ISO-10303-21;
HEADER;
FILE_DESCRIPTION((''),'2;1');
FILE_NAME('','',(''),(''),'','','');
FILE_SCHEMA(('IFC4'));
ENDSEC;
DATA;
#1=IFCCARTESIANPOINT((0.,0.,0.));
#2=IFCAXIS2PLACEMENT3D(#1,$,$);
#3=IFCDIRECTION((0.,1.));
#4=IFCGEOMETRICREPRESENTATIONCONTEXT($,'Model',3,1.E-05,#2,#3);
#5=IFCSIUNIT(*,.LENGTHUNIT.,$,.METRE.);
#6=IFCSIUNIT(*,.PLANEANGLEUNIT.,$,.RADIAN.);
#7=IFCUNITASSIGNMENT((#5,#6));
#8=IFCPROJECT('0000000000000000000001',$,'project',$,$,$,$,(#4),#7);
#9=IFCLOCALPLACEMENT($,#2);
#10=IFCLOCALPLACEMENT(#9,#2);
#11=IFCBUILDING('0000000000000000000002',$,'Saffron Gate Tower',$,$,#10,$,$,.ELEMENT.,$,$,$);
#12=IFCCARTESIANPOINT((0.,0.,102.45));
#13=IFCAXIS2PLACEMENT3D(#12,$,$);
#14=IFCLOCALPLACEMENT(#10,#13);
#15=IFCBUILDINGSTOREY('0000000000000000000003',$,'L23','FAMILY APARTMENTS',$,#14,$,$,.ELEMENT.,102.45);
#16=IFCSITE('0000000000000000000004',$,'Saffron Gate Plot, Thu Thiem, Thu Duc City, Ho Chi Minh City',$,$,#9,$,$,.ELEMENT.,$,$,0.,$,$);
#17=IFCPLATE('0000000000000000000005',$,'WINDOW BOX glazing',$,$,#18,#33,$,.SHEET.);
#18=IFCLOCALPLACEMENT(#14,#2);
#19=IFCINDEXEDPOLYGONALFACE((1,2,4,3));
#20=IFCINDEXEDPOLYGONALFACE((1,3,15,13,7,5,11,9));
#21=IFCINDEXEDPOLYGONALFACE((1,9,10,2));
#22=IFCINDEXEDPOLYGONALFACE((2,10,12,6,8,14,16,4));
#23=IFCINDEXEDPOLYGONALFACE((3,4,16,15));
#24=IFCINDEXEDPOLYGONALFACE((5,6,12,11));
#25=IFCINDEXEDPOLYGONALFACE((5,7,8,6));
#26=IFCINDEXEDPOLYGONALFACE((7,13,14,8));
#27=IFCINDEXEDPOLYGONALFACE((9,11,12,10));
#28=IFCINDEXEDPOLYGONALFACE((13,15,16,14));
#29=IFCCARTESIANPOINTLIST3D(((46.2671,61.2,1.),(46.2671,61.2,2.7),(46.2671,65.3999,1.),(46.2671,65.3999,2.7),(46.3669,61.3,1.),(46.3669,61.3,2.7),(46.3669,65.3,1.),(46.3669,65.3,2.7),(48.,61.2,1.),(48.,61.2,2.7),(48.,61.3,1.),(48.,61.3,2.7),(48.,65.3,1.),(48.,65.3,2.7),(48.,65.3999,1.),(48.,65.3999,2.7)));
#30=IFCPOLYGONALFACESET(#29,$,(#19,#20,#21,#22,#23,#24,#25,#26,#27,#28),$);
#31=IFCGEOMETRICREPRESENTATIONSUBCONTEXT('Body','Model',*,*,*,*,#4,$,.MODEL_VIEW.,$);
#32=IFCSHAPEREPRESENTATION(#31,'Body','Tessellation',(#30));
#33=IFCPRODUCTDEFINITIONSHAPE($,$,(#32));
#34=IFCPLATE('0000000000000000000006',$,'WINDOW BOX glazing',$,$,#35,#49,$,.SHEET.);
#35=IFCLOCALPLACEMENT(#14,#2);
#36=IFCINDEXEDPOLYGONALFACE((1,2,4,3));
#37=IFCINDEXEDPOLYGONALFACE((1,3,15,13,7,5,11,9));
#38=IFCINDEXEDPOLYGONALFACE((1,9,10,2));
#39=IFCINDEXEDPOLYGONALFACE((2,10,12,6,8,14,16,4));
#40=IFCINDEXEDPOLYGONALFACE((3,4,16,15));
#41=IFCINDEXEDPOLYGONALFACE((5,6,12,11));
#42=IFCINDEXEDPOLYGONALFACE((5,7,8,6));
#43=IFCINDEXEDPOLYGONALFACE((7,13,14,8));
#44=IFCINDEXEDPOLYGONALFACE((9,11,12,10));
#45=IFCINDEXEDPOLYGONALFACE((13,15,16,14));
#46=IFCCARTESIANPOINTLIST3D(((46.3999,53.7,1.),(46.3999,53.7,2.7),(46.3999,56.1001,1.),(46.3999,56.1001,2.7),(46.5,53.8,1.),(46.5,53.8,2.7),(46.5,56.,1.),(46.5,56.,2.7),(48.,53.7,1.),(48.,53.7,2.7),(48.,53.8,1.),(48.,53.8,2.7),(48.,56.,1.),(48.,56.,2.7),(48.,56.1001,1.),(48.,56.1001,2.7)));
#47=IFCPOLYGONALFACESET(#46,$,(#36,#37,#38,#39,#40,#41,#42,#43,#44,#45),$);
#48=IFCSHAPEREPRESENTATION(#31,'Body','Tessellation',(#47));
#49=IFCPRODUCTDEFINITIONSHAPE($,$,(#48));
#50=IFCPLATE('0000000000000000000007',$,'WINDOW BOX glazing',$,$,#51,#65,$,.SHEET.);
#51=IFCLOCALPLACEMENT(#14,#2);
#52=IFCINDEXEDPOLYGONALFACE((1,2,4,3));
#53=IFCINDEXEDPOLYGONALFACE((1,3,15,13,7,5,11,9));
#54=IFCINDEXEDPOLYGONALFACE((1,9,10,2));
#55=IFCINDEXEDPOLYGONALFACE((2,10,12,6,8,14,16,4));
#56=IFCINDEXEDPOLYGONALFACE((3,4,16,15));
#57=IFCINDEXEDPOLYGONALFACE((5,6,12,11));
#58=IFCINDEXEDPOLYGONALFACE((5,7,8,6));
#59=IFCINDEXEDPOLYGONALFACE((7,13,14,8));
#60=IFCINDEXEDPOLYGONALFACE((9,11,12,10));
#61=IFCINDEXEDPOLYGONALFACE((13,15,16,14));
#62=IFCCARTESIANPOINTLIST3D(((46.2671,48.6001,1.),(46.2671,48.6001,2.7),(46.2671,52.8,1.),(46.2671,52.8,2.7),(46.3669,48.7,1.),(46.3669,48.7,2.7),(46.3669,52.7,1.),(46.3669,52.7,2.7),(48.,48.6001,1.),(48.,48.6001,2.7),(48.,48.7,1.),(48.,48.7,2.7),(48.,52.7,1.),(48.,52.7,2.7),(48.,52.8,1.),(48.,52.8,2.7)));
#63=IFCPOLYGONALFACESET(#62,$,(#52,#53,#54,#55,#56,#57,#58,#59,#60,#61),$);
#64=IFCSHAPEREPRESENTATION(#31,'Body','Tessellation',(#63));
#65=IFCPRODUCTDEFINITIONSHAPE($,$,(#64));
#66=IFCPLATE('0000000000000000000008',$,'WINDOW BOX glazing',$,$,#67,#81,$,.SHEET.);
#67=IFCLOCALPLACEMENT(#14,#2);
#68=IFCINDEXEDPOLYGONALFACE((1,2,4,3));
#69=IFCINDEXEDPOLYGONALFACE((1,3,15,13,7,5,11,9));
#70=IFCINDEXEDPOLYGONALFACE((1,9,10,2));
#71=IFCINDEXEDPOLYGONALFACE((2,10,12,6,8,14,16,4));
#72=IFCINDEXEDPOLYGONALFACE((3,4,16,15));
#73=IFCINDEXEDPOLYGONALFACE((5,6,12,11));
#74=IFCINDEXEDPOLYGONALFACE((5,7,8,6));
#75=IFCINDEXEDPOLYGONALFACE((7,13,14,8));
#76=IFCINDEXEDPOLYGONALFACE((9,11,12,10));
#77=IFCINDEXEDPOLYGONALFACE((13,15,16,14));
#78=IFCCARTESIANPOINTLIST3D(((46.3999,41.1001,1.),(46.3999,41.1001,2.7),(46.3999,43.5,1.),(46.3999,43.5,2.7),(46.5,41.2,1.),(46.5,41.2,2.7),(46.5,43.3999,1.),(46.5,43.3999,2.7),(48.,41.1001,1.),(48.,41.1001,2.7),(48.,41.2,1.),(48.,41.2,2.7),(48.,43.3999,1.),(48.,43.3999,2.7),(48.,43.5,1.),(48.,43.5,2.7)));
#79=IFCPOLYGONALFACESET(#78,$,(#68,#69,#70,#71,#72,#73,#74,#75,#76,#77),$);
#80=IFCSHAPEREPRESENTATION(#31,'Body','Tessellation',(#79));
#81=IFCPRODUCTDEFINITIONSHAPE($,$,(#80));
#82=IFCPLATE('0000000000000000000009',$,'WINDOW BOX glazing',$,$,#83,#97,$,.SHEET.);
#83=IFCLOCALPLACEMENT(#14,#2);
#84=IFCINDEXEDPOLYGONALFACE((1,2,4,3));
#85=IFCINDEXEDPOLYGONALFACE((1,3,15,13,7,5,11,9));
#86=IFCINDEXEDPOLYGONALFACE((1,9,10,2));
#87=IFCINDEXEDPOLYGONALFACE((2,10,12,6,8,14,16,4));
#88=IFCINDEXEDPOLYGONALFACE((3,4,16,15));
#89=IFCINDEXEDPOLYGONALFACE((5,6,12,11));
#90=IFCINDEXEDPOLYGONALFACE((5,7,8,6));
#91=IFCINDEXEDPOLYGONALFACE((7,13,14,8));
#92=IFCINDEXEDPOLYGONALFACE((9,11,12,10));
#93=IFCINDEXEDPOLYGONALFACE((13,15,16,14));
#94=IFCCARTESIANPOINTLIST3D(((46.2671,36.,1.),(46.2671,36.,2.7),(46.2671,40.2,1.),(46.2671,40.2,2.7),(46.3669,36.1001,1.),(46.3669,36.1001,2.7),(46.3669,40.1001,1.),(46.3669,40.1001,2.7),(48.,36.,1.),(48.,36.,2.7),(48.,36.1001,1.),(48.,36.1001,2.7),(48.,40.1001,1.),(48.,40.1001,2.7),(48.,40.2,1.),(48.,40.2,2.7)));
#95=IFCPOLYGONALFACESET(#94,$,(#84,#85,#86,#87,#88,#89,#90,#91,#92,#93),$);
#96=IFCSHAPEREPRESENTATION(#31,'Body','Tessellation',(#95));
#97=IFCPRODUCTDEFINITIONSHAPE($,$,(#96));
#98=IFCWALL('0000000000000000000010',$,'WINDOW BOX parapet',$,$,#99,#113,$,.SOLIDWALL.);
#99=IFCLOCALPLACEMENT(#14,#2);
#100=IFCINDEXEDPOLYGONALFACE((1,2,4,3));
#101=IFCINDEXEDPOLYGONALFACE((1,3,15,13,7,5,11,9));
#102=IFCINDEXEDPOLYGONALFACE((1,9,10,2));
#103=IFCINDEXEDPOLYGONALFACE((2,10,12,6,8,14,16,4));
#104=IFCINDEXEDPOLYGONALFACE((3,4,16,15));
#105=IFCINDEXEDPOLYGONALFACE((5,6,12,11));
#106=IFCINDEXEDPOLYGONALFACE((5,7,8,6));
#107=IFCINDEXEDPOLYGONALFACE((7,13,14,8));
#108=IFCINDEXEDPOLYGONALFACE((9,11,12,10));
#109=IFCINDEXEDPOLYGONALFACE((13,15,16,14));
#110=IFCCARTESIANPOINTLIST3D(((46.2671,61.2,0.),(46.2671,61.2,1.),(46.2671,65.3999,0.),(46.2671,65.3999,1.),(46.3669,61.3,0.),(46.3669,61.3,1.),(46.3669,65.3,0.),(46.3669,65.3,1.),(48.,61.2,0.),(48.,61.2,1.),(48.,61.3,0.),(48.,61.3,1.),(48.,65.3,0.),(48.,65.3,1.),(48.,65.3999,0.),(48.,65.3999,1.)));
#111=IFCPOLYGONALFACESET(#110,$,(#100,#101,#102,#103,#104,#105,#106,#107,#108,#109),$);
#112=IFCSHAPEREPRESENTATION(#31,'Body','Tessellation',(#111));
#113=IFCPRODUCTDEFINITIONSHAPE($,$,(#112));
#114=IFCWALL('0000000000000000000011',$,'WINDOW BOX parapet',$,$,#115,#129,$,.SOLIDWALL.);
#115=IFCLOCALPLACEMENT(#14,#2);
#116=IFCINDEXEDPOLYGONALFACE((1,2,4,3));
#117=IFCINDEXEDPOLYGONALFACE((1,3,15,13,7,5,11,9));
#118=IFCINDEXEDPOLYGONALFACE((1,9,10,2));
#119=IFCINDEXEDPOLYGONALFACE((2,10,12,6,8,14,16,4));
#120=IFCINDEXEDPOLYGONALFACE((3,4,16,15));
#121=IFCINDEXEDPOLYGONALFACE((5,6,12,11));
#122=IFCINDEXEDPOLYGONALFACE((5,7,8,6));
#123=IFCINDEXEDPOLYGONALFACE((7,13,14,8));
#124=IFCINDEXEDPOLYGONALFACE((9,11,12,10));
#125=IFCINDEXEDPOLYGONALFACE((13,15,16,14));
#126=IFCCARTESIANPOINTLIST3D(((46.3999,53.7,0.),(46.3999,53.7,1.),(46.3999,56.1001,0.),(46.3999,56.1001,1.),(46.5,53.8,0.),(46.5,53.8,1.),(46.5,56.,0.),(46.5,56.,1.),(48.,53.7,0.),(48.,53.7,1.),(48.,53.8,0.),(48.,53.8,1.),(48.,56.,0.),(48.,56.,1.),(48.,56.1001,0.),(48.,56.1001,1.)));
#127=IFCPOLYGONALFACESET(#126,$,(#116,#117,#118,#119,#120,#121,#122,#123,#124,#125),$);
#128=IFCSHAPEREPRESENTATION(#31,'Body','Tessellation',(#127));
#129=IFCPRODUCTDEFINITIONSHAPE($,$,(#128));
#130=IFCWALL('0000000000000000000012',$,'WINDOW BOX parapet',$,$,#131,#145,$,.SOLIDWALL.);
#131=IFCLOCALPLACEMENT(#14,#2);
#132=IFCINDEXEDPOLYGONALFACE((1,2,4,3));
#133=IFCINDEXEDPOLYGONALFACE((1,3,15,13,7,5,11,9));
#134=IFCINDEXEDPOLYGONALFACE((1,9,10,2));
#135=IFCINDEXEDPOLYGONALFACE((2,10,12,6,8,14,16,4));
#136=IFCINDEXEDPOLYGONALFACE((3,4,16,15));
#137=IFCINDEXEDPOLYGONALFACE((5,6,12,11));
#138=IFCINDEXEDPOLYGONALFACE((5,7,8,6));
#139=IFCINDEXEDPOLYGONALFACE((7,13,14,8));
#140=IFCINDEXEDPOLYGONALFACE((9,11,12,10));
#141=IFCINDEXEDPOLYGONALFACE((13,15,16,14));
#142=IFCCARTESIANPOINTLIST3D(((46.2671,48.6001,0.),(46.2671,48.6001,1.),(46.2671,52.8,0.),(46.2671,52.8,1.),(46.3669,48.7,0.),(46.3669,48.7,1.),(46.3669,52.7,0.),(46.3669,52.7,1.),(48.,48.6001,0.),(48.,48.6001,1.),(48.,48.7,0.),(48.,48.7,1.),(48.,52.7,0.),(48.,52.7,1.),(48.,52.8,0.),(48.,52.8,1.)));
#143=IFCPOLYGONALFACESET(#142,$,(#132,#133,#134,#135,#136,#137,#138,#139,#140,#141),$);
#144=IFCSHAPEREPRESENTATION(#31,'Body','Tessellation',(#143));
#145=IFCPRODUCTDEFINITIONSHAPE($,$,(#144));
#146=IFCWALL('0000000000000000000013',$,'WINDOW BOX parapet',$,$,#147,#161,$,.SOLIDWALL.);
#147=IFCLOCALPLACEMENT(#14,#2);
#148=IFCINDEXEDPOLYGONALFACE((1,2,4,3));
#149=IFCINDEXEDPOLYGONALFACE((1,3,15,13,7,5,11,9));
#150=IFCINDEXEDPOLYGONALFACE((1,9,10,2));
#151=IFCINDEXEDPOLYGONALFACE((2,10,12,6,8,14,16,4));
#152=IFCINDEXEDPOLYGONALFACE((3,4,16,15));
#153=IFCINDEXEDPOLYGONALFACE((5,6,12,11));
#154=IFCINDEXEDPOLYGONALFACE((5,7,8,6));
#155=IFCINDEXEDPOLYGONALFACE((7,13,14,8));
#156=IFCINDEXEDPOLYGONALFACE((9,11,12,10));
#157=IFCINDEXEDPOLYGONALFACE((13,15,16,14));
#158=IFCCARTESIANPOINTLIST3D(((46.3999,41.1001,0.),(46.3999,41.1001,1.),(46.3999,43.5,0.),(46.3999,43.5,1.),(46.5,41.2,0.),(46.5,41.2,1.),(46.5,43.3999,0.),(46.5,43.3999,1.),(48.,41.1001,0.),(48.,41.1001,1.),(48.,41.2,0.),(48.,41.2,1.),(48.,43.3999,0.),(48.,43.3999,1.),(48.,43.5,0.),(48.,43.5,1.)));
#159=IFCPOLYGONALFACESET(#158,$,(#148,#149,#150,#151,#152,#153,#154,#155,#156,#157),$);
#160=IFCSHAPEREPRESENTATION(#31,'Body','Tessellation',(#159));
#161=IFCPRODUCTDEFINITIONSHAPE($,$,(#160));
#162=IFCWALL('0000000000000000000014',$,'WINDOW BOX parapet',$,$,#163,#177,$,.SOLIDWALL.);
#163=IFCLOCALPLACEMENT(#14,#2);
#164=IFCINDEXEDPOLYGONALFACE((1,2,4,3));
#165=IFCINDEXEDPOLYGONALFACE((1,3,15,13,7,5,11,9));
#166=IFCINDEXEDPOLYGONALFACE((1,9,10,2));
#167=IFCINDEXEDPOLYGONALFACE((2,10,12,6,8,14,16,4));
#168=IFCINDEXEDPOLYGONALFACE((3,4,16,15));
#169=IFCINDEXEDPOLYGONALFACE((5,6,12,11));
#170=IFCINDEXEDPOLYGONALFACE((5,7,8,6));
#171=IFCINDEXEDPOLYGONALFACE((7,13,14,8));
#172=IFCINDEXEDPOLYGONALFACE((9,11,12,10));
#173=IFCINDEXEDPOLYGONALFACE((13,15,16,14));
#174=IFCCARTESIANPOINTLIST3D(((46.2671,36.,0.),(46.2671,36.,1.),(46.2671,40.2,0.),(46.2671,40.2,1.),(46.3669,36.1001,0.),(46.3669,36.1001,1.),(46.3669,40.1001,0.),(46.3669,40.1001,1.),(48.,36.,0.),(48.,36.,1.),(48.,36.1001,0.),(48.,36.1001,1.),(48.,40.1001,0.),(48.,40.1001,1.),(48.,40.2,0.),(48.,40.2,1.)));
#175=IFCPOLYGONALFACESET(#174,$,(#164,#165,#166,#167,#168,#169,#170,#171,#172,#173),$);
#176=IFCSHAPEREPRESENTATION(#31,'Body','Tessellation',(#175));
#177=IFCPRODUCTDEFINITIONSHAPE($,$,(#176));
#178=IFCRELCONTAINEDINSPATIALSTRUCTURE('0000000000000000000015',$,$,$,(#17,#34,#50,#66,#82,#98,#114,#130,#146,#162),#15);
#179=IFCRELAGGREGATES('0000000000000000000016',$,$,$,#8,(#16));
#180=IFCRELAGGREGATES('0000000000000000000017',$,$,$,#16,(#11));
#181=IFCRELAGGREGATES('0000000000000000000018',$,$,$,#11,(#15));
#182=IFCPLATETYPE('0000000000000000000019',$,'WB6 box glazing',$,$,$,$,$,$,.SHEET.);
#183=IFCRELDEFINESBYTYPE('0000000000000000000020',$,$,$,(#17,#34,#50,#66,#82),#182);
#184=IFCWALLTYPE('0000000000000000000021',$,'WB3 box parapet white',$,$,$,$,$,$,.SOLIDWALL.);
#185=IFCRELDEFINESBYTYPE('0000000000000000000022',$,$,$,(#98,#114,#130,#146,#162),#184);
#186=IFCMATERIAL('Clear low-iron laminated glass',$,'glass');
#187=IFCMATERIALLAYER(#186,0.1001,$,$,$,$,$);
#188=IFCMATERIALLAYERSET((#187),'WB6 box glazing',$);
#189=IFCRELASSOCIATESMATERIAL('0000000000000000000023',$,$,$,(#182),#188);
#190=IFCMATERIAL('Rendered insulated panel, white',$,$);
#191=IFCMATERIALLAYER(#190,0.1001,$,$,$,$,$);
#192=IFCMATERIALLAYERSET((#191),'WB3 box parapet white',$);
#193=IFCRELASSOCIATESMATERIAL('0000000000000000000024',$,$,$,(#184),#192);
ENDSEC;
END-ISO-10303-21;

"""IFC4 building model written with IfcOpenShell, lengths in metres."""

from ifc_helpers import new_model, si_unit, direction, frame, origin, place, context, subcontext, project, spatial, polyline, outline, extrude, material, layer, layer_set, type_object, element, save


model = new_model("IFC4")

# Units and contexts
model_context = context("Model", 3, precision=1e-05, world=origin(), true_north=direction((0.0, 1.0)))
body_context = subcontext(model_context, "Body", "Model", "MODEL_VIEW")
ifc_project = project(units=[si_unit("LENGTHUNIT", "METRE"), si_unit("PLANEANGLEUNIT", "RADIAN")], contexts=[model_context])

# Site, building, storey
site_placement = place(None, origin())
site = spatial("IfcSite", under=ifc_project, at=site_placement, Name="Saffron Gate Plot, Thu Thiem, Thu Duc City, Ho Chi Minh City", CompositionType="ELEMENT", RefElevation=0.0)
building_placement = place(site_placement, origin())
building = spatial("IfcBuilding", under=site, at=building_placement, Name="Saffron Gate Tower", CompositionType="ELEMENT")
storey_placement = place(building_placement, frame((0.0, 0.0, 102.45)))
storey = spatial("IfcBuildingStorey", under=building, at=storey_placement, Name="L23", Description="FAMILY APARTMENTS", CompositionType="ELEMENT", Elevation=102.45)

# Plates
ifc_material_1 = material(Name="Clear low-iron laminated glass", Category="glass")
ifc_layer_1 = layer(ifc_material_1, 0.1001)
ifc_layer_set_1 = layer_set([ifc_layer_1], Name="WB6 box glazing")
plate_type_1 = type_object("IfcPlateType", Name="WB6 box glazing", PredefinedType="SHEET", material=ifc_layer_set_1)
plate_1_placement = place(storey_placement, frame((0.0, 0.0, 1.0)))
element("IfcPlate", 1, at=plate_1_placement, inside=storey, type_object=plate_type_1, Name="WINDOW BOX glazing", PredefinedType="SHEET", context=body_context, shape_type="SweptSolid", body=[
    extrude(outline(polyline([(48.0, 65.3999), (48.0, 65.3), (46.3669, 65.3), (46.3669, 61.3), (48.0, 61.3), (48.0, 61.2), (46.2671, 61.2), (46.2671, 65.3999), (48.0, 65.3999)])), origin(), (0.0, 0.0, 1.0), 1.7),
])
plate_2_placement = place(storey_placement, frame((0.0, 0.0, 1.0)))
element("IfcPlate", 2, at=plate_2_placement, inside=storey, type_object=plate_type_1, Name="WINDOW BOX glazing", PredefinedType="SHEET", context=body_context, shape_type="SweptSolid", body=[
    extrude(outline(polyline([(48.0, 56.1001), (48.0, 56.0), (46.5, 56.0), (46.5, 53.8), (48.0, 53.8), (48.0, 53.7), (46.3999, 53.7), (46.3999, 56.1001), (48.0, 56.1001)])), origin(), (0.0, 0.0, 1.0), 1.7),
])
plate_3_placement = place(storey_placement, frame((0.0, 0.0, 1.0)))
element("IfcPlate", 3, at=plate_3_placement, inside=storey, type_object=plate_type_1, Name="WINDOW BOX glazing", PredefinedType="SHEET", context=body_context, shape_type="SweptSolid", body=[
    extrude(outline(polyline([(48.0, 52.8), (48.0, 52.7), (46.3669, 52.7), (46.3669, 48.7), (48.0, 48.7), (48.0, 48.6001), (46.2671, 48.6001), (46.2671, 52.8), (48.0, 52.8)])), origin(), (0.0, 0.0, 1.0), 1.7),
])
plate_4_placement = place(storey_placement, frame((0.0, 0.0, 1.0)))
element("IfcPlate", 4, at=plate_4_placement, inside=storey, type_object=plate_type_1, Name="WINDOW BOX glazing", PredefinedType="SHEET", context=body_context, shape_type="SweptSolid", body=[
    extrude(outline(polyline([(48.0, 43.5), (48.0, 43.3999), (46.5, 43.3999), (46.5, 41.2), (48.0, 41.2), (48.0, 41.1001), (46.3999, 41.1001), (46.3999, 43.5), (48.0, 43.5)])), origin(), (0.0, 0.0, 1.0), 1.7),
])
plate_5_placement = place(storey_placement, frame((0.0, 0.0, 1.0)))
element("IfcPlate", 5, at=plate_5_placement, inside=storey, type_object=plate_type_1, Name="WINDOW BOX glazing", PredefinedType="SHEET", context=body_context, shape_type="SweptSolid", body=[
    extrude(outline(polyline([(48.0, 40.2), (48.0, 40.1001), (46.3669, 40.1001), (46.3669, 36.1001), (48.0, 36.1001), (48.0, 36.0), (46.2671, 36.0), (46.2671, 40.2), (48.0, 40.2)])), origin(), (0.0, 0.0, 1.0), 1.7),
])

# Walls
ifc_material_2 = material(Name="Rendered insulated panel, white")
ifc_layer_2 = layer(ifc_material_2, 0.1001)
ifc_layer_set_2 = layer_set([ifc_layer_2], Name="WB3 box parapet white")
wall_type = type_object("IfcWallType", Name="WB3 box parapet white", PredefinedType="SOLIDWALL", material=ifc_layer_set_2)
wall_1_placement = place(storey_placement, origin())
element("IfcWall", 6, at=wall_1_placement, inside=storey, type_object=wall_type, Name="WINDOW BOX parapet", PredefinedType="SOLIDWALL", context=body_context, shape_type="SweptSolid", body=[
    extrude(outline(polyline([(48.0, 65.3999), (48.0, 65.3), (46.3669, 65.3), (46.3669, 61.3), (48.0, 61.3), (48.0, 61.2), (46.2671, 61.2), (46.2671, 65.3999), (48.0, 65.3999)])), origin(), (0.0, 0.0, 1.0), 1.0),
])
wall_2_placement = place(storey_placement, origin())
element("IfcWall", 7, at=wall_2_placement, inside=storey, type_object=wall_type, Name="WINDOW BOX parapet", PredefinedType="SOLIDWALL", context=body_context, shape_type="SweptSolid", body=[
    extrude(outline(polyline([(48.0, 56.1001), (48.0, 56.0), (46.5, 56.0), (46.5, 53.8), (48.0, 53.8), (48.0, 53.7), (46.3999, 53.7), (46.3999, 56.1001), (48.0, 56.1001)])), origin(), (0.0, 0.0, 1.0), 1.0),
])
wall_3_placement = place(storey_placement, origin())
element("IfcWall", 8, at=wall_3_placement, inside=storey, type_object=wall_type, Name="WINDOW BOX parapet", PredefinedType="SOLIDWALL", context=body_context, shape_type="SweptSolid", body=[
    extrude(outline(polyline([(48.0, 52.8), (48.0, 52.7), (46.3669, 52.7), (46.3669, 48.7), (48.0, 48.7), (48.0, 48.6001), (46.2671, 48.6001), (46.2671, 52.8), (48.0, 52.8)])), origin(), (0.0, 0.0, 1.0), 1.0),
])
wall_4_placement = place(storey_placement, origin())
element("IfcWall", 9, at=wall_4_placement, inside=storey, type_object=wall_type, Name="WINDOW BOX parapet", PredefinedType="SOLIDWALL", context=body_context, shape_type="SweptSolid", body=[
    extrude(outline(polyline([(48.0, 43.5), (48.0, 43.3999), (46.5, 43.3999), (46.5, 41.2), (48.0, 41.2), (48.0, 41.1001), (46.3999, 41.1001), (46.3999, 43.5), (48.0, 43.5)])), origin(), (0.0, 0.0, 1.0), 1.0),
])
wall_5_placement = place(storey_placement, origin())
element("IfcWall", 10, at=wall_5_placement, inside=storey, type_object=wall_type, Name="WINDOW BOX parapet", PredefinedType="SOLIDWALL", context=body_context, shape_type="SweptSolid", body=[
    extrude(outline(polyline([(48.0, 40.2), (48.0, 40.1001), (46.3669, 40.1001), (46.3669, 36.1001), (48.0, 36.1001), (48.0, 36.0), (46.2671, 36.0), (46.2671, 40.2), (48.0, 40.2)])), origin(), (0.0, 0.0, 1.0), 1.0),
])

save(model, "model.ifc")
